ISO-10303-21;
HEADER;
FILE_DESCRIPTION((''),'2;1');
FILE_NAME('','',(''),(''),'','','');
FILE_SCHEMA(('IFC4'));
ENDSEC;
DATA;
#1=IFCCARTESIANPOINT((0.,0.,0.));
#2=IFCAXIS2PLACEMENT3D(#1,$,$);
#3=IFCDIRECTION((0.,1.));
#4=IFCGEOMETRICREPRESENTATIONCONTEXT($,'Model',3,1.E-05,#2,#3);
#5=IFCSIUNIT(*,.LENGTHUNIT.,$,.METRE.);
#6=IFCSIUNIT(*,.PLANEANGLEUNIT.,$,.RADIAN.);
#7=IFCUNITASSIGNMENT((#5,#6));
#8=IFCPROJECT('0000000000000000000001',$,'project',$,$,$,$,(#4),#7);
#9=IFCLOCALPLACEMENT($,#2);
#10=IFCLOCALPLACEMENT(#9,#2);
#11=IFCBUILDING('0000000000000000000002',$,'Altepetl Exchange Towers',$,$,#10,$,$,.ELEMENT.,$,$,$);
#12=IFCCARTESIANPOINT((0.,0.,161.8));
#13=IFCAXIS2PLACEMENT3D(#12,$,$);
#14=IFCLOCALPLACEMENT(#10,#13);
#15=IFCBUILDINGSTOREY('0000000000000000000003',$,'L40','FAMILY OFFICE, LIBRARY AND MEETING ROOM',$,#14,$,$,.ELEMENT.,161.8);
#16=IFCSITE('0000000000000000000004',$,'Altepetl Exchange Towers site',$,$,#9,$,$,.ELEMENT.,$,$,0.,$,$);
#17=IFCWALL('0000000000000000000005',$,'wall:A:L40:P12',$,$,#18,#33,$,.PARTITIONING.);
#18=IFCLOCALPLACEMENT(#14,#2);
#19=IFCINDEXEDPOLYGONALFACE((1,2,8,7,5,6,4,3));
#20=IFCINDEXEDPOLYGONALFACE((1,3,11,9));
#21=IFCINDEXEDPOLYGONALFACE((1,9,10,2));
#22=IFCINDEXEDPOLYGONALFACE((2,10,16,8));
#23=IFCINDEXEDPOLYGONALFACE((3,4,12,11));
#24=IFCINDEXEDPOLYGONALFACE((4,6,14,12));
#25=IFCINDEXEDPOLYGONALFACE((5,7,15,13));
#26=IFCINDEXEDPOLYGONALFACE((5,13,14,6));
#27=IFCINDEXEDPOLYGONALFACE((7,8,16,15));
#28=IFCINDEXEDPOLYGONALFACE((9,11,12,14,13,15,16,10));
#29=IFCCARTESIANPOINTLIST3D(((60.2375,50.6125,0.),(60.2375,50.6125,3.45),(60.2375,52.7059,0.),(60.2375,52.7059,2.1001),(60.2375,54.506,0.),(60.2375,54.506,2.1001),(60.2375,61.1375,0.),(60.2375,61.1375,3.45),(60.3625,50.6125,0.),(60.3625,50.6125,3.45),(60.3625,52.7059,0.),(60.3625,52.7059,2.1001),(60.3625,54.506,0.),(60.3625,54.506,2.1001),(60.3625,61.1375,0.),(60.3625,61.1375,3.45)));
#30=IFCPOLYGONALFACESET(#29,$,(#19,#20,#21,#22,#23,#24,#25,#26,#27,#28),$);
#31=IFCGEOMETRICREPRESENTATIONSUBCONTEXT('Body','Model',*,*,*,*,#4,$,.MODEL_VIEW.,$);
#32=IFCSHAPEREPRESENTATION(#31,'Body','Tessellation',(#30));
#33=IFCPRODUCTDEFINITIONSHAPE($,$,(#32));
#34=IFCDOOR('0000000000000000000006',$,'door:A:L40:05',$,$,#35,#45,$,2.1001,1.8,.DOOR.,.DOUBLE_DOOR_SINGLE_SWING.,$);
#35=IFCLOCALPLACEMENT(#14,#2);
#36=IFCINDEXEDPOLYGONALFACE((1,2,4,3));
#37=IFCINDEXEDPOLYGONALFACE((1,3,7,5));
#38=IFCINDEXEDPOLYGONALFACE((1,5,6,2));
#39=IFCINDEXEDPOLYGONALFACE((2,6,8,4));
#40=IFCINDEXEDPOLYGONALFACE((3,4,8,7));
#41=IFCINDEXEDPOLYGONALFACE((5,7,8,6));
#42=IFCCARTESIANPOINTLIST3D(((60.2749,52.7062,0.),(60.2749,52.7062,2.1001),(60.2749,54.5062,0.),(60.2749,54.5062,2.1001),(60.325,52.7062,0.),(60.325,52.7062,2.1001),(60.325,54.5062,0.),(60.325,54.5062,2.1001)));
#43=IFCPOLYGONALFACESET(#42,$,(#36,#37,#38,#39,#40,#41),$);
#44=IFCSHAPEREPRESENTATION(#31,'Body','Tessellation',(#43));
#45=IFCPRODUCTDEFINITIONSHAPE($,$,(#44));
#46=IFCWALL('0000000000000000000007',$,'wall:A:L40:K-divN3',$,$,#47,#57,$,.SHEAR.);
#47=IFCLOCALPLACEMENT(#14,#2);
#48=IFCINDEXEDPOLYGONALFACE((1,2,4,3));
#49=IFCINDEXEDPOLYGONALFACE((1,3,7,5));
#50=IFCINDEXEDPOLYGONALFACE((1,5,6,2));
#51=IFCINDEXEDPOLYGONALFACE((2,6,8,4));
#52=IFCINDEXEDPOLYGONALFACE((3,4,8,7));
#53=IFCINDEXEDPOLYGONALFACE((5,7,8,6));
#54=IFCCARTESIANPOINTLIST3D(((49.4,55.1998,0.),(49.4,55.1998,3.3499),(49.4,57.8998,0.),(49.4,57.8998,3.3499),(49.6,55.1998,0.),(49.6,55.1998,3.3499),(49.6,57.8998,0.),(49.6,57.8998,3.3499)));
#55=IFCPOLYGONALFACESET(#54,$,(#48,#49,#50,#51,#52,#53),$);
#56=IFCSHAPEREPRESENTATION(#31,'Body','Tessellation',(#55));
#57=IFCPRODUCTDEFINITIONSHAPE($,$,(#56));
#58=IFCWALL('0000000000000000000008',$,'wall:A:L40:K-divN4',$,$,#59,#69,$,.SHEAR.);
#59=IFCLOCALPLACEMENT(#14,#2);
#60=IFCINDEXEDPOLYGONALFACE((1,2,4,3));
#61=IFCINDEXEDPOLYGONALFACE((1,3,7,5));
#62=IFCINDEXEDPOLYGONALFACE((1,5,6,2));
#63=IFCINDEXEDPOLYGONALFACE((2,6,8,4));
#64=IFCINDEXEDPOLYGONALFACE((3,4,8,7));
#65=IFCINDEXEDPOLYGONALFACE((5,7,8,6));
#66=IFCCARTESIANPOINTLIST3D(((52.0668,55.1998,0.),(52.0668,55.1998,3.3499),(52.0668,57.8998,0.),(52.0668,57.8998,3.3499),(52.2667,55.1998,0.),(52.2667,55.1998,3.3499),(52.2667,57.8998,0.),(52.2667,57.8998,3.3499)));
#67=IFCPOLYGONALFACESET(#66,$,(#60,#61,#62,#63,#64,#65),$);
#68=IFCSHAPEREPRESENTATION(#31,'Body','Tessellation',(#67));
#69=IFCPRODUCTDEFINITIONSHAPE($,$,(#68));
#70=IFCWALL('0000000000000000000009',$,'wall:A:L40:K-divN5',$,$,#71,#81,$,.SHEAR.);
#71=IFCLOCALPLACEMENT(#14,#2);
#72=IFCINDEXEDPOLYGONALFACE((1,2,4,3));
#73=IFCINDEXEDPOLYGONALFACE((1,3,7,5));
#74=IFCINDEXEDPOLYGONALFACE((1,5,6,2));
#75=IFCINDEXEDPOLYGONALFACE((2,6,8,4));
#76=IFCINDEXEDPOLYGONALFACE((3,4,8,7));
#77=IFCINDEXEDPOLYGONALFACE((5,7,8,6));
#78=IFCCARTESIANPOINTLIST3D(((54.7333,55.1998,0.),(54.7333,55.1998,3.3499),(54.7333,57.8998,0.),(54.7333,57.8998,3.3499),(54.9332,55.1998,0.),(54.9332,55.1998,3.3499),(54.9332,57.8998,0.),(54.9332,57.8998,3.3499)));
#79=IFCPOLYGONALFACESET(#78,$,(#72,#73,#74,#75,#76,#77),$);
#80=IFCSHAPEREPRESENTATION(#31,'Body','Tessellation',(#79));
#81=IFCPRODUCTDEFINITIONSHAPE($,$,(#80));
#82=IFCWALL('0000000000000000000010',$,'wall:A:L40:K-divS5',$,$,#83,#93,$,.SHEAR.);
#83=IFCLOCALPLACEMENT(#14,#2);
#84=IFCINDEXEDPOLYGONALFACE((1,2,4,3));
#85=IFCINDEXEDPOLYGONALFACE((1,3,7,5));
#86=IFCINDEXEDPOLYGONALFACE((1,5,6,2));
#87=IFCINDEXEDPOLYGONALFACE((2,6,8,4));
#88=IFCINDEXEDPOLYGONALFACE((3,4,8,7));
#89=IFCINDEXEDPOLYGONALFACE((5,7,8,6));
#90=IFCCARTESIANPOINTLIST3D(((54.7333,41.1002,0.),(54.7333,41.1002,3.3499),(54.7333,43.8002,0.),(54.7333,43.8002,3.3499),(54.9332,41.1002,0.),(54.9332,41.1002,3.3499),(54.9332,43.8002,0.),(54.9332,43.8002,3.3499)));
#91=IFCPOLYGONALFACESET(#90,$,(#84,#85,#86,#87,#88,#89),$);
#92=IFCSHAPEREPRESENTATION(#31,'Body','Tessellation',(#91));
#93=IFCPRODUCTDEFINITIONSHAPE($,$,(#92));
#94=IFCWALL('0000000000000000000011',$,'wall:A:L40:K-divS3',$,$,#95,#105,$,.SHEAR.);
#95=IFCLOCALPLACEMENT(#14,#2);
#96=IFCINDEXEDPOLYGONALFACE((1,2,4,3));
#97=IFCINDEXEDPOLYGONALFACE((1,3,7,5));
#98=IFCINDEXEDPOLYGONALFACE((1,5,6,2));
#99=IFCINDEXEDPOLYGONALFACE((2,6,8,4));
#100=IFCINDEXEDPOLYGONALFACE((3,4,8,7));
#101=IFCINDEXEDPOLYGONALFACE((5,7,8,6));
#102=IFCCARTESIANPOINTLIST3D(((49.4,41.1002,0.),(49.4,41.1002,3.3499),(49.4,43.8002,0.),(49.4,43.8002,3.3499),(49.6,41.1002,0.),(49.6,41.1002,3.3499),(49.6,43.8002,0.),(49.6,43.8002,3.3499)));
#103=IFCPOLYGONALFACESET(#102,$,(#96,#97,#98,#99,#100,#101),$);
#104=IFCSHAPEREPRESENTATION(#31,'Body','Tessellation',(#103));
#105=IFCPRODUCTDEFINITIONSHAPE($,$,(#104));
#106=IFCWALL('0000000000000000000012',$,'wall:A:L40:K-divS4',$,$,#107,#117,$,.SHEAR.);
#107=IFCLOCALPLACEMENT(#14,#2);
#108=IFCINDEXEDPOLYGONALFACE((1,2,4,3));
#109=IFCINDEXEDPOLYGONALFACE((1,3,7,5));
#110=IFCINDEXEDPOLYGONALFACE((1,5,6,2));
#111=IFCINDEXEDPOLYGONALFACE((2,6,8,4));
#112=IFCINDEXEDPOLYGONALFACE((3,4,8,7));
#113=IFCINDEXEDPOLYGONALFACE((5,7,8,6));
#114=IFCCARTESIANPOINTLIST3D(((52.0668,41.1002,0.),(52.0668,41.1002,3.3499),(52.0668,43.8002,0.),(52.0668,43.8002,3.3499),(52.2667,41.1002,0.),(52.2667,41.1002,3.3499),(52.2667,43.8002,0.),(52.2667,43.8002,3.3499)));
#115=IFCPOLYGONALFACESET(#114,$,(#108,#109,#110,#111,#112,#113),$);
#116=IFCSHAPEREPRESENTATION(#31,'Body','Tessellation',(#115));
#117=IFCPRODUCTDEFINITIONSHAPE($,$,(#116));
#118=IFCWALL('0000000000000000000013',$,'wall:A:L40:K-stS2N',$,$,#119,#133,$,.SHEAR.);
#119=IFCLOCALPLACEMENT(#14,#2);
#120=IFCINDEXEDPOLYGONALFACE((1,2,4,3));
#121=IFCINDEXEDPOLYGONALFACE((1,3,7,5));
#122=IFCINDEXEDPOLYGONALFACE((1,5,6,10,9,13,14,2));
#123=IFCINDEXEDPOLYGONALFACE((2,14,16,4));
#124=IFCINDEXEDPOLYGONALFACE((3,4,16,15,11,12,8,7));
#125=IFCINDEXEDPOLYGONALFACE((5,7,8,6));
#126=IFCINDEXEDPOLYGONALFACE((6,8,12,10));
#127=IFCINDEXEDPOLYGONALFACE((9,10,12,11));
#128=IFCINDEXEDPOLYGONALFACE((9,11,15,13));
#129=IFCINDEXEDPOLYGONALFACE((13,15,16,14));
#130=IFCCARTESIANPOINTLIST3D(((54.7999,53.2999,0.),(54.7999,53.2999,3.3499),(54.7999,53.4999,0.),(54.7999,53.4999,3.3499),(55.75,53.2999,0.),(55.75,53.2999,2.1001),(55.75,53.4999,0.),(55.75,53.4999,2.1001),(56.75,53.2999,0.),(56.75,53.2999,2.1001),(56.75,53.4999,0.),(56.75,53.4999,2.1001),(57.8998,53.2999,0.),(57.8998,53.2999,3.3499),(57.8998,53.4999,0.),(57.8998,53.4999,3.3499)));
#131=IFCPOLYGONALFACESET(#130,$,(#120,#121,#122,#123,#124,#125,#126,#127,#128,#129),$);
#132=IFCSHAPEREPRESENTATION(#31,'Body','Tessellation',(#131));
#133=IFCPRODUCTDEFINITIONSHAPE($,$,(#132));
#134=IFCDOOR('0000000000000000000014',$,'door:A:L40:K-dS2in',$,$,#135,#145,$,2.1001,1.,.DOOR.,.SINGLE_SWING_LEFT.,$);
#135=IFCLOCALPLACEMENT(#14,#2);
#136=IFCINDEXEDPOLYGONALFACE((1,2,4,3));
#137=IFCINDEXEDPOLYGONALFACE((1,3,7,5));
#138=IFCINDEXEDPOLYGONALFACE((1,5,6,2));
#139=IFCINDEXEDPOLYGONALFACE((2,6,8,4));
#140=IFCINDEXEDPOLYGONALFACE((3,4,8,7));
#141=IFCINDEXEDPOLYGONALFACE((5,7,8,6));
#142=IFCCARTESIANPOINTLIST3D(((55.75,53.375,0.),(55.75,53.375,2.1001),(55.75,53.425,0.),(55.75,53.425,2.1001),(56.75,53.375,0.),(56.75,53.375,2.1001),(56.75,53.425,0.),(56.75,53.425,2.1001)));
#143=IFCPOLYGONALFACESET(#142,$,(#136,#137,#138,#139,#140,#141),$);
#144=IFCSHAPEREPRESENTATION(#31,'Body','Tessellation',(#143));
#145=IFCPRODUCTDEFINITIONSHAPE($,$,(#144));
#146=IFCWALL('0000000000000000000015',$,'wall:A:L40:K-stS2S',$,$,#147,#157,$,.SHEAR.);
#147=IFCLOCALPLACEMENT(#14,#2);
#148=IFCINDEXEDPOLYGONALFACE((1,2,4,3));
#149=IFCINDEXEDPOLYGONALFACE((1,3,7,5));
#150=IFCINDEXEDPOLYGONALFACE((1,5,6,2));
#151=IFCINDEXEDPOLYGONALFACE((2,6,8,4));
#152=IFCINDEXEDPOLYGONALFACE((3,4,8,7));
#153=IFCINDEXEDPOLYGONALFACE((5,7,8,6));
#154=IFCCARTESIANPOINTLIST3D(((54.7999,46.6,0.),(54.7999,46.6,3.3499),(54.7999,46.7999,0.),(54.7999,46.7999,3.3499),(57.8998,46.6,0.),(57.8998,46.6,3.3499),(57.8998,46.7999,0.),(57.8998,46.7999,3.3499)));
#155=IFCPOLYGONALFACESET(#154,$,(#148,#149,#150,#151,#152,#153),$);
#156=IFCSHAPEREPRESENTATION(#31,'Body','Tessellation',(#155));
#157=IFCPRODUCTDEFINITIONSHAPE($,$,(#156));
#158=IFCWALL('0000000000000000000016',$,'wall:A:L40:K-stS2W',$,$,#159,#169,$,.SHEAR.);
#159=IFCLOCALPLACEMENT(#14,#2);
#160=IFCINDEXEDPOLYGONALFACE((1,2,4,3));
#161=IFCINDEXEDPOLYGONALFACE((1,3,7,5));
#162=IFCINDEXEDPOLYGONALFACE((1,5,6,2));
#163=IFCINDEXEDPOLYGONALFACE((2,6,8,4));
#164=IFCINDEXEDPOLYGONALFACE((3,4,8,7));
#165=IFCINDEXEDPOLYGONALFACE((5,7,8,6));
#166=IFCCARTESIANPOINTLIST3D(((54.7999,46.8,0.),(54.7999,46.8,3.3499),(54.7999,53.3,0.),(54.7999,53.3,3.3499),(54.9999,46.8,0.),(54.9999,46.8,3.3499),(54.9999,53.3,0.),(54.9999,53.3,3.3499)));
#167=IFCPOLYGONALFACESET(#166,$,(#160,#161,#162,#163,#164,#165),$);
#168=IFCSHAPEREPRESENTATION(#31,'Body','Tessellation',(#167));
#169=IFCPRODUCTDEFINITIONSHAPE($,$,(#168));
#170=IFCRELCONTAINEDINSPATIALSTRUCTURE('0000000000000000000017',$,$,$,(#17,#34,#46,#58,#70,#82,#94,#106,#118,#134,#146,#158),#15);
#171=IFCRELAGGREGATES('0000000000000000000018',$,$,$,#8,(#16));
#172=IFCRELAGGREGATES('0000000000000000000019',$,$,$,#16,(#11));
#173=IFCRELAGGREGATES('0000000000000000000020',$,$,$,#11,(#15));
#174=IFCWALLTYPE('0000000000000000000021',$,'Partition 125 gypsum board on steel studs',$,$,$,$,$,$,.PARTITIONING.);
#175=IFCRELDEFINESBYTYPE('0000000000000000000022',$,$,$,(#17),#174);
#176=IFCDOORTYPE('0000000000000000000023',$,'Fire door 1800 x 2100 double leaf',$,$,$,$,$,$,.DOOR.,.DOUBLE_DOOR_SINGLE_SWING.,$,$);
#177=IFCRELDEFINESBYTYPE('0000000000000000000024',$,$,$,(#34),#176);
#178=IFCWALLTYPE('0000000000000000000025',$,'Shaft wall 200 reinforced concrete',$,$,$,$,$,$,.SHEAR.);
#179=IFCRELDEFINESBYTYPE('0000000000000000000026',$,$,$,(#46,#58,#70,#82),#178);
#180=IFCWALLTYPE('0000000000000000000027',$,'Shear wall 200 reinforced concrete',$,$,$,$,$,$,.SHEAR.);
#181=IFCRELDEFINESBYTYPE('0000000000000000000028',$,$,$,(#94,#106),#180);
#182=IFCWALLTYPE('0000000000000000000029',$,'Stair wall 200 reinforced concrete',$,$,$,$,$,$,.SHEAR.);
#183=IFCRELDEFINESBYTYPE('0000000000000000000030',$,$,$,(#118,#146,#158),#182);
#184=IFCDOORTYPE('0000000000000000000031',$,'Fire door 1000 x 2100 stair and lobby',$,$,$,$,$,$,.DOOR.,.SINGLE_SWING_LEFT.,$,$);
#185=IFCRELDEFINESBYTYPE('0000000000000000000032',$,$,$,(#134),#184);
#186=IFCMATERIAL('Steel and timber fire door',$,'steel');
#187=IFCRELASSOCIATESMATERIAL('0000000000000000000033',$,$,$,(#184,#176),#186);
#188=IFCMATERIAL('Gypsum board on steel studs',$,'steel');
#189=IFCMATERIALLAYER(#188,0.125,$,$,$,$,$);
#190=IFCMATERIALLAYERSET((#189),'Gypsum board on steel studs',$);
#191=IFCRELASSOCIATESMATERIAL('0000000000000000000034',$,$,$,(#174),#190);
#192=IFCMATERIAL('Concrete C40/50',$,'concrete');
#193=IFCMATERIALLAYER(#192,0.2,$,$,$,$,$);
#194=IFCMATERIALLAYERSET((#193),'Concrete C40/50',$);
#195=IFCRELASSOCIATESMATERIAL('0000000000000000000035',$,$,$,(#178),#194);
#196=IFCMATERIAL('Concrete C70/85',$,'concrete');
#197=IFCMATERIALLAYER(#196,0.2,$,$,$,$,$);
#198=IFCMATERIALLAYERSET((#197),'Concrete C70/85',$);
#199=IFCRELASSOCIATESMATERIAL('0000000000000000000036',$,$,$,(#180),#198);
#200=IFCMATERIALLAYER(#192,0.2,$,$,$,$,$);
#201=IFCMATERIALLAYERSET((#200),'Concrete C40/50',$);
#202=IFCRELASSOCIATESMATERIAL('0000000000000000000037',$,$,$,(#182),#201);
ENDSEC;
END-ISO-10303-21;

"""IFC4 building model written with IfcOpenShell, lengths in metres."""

from ifc_helpers import new_model, si_unit, direction, frame, frame_2d, origin, place, context, subcontext, project, spatial, rectangle, extrude, material, layer, layer_set, type_object, element, fill, save


model = new_model("IFC4")

# Units and contexts
model_context = context("Model", 3, precision=1e-05, world=origin(), true_north=direction((0.0, 1.0)))
body_context = subcontext(model_context, "Body", "Model", "MODEL_VIEW")
ifc_project = project(units=[si_unit("LENGTHUNIT", "METRE"), si_unit("PLANEANGLEUNIT", "RADIAN")], contexts=[model_context])

# Site, building, storey
site_placement = place(None, origin())
site = spatial("IfcSite", under=ifc_project, at=site_placement, Name="Altepetl Exchange Towers site", CompositionType="ELEMENT", RefElevation=0.0)
building_placement = place(site_placement, origin())
building = spatial("IfcBuilding", under=site, at=building_placement, Name="Altepetl Exchange Towers", CompositionType="ELEMENT")
storey_placement = place(building_placement, frame((0.0, 0.0, 161.8)))
storey = spatial("IfcBuildingStorey", under=building, at=storey_placement, Name="L40", Description="FAMILY OFFICE, LIBRARY AND MEETING ROOM", CompositionType="ELEMENT", Elevation=161.8)

# Shared definitions
ifc_material_1 = material(Name="Concrete C70/85", Category="concrete")
ifc_material_2 = material(Name="Steel and timber fire door", Category="steel")
door_type_1 = type_object("IfcDoorType", Name="Fire door 1000 x 2100 stair and lobby", OperationType="SINGLE_SWING_LEFT", PredefinedType="DOOR", material=ifc_material_2)

# Shared definitions
ifc_material_3 = material(Name="Gypsum board on steel studs", Category="steel")
ifc_layer_1 = layer(ifc_material_3, 0.125)
ifc_layer_set_1 = layer_set([ifc_layer_1], Name="Gypsum board on steel studs")
wall_type_1 = type_object("IfcWallType", Name="Partition 125 gypsum board on steel studs", PredefinedType="PARTITIONING", material=ifc_layer_set_1)

# Shared definitions
door_type_2 = type_object("IfcDoorType", Name="Fire door 1800 x 2100 double leaf", OperationType="DOUBLE_DOOR_SINGLE_SWING", PredefinedType="DOOR", material=ifc_material_2)

# Wall, opening, door
wall_1_placement = place(storey_placement, frame((60.3, 50.6125, 0.0), z_axis=(0.0, 0.0, 1.0), x_axis=(0.0, 1.0, 0.0)))
wall_1 = element("IfcWall", 1, at=wall_1_placement, inside=storey, type_object=wall_type_1, Name="wall:A:L40:P12", PredefinedType="PARTITIONING", context=body_context, shape_type="SweptSolid", body=[
    extrude(rectangle(XDim=10.5249, YDim=0.125, at=frame_2d((5.2625, 0.0))), origin(), (0.0, 0.0, 1.0), 3.45),
])
opening_1_placement = place(wall_1_placement, frame((2.0935, 0.0, 0.0)))
opening_1 = element("IfcOpeningElement", 2, at=opening_1_placement, cuts=wall_1, PredefinedType="OPENING", context=body_context, shape_type="SweptSolid", body=[
    extrude(rectangle(XDim=1.8, YDim=2.1001, at=frame_2d((0.8999, 1.05))), frame((0.0, 0.0725, 0.0), z_axis=(0.0, -1.0, 0.0), x_axis=(1.0, 0.0, 0.0)), (0.0, 0.0, 1.0), 0.145),
])
door_1_placement = place(opening_1_placement, frame((1.8, 0.0, 0.0), x_axis=(-1.0, 0.0, 0.0)))
door_1 = element("IfcDoor", 3, at=door_1_placement, inside=storey, type_object=door_type_2, Name="door:A:L40:05", OperationType="DOUBLE_DOOR_SINGLE_SWING", OverallHeight=2.1001, OverallWidth=1.8, PredefinedType="DOOR", context=body_context, shape_type="SweptSolid", body=[
    extrude(rectangle(XDim=1.8, YDim=2.1001, at=frame_2d((0.8999, 1.05))), frame((0.0, 0.0249, 0.0), z_axis=(0.0, -1.0, 0.0), x_axis=(1.0, 0.0, 0.0)), (0.0, 0.0, 1.0), 0.05),
])
fill(opening_1, door_1)

# Walls
ifc_material_4 = material(Name="Concrete C40/50", Category="concrete")
ifc_layer_2 = layer(ifc_material_4, 0.2)
ifc_layer_set_2 = layer_set([ifc_layer_2], Name="Concrete C40/50")
wall_type_2 = type_object("IfcWallType", Name="Shaft wall 200 reinforced concrete", PredefinedType="SHEAR", material=ifc_layer_set_2)
for number, where, z_axis, x_axis, name in (
    (4, (49.5, 57.8999, 0.0), (0.0, 0.0, 1.0), (0.0, -1.0, 0.0), "wall:A:L40:K-divN3"),
    (5, (52.1667, 57.8999, 0.0), (0.0, 0.0, 1.0), (0.0, -1.0, 0.0), "wall:A:L40:K-divN4"),
    (6, (54.8333, 57.8999, 0.0), (0.0, 0.0, 1.0), (0.0, -1.0, 0.0), "wall:A:L40:K-divN5"),
    (7, (54.8333, 41.1001, 0.0), (0.0, 0.0, 1.0), (0.0, 1.0, 0.0), "wall:A:L40:K-divS5"),
):
    element("IfcWall", number, at=place(storey_placement, frame(where, z_axis=z_axis, x_axis=x_axis)), inside=storey, type_object=wall_type_2, Name=name, PredefinedType="SHEAR", context=body_context, shape_type="SweptSolid", body=[
        extrude(rectangle(XDim=2.7, YDim=0.2, at=frame_2d((1.3501, 0.0))), origin(), (0.0, 0.0, 1.0), 3.3499),
    ])
ifc_layer_3 = layer(ifc_material_1, 0.2)
ifc_layer_set_3 = layer_set([ifc_layer_3], Name="Concrete C70/85")
wall_type_3 = type_object("IfcWallType", Name="Shear wall 200 reinforced concrete", PredefinedType="SHEAR", material=ifc_layer_set_3)
for number, where, z_axis, x_axis, name in (
    (8, (49.5, 41.1001, 0.0), (0.0, 0.0, 1.0), (0.0, 1.0, 0.0), "wall:A:L40:K-divS3"),
    (9, (52.1667, 41.1001, 0.0), (0.0, 0.0, 1.0), (0.0, 1.0, 0.0), "wall:A:L40:K-divS4"),
):
    element("IfcWall", number, at=place(storey_placement, frame(where, z_axis=z_axis, x_axis=x_axis)), inside=storey, type_object=wall_type_3, Name=name, PredefinedType="SHEAR", context=body_context, shape_type="SweptSolid", body=[
        extrude(rectangle(XDim=2.7, YDim=0.2, at=frame_2d((1.3501, 0.0))), origin(), (0.0, 0.0, 1.0), 3.3499),
    ])

# Wall, opening, door
ifc_layer_4 = layer(ifc_material_4, 0.2)
ifc_layer_set_4 = layer_set([ifc_layer_4], Name="Concrete C40/50")
wall_type_4 = type_object("IfcWallType", Name="Stair wall 200 reinforced concrete", PredefinedType="SHEAR", material=ifc_layer_set_4)
wall_2_placement = place(storey_placement, frame((54.8, 53.3999, 0.0)))
wall_2 = element("IfcWall", 10, at=wall_2_placement, inside=storey, type_object=wall_type_4, Name="wall:A:L40:K-stS2N", PredefinedType="SHEAR", context=body_context, shape_type="SweptSolid", body=[
    extrude(rectangle(XDim=3.0999, YDim=0.2, at=frame_2d((1.5498, 0.0))), origin(), (0.0, 0.0, 1.0), 3.3499),
])
opening_2_placement = place(wall_2_placement, frame((0.95, 0.0, 0.0)))
opening_2 = element("IfcOpeningElement", 11, at=opening_2_placement, cuts=wall_2, PredefinedType="OPENING", context=body_context, shape_type="SweptSolid", body=[
    extrude(rectangle(XDim=1.0, YDim=2.1001, at=frame_2d((0.5, 1.05))), frame((0.0, 0.1099, 0.0), z_axis=(0.0, -1.0, 0.0), x_axis=(1.0, 0.0, 0.0)), (0.0, 0.0, 1.0), 0.22),
])
door_2_placement = place(opening_2_placement, frame((1.0, 0.0, 0.0), x_axis=(-1.0, 0.0, 0.0)))
door_2 = element("IfcDoor", 12, at=door_2_placement, inside=storey, type_object=door_type_1, Name="door:A:L40:K-dS2in", OperationType="SINGLE_SWING_LEFT", OverallHeight=2.1001, OverallWidth=1.0, PredefinedType="DOOR", context=body_context, shape_type="SweptSolid", body=[
    extrude(rectangle(XDim=1.0, YDim=2.1001, at=frame_2d((0.5, 1.05))), frame((0.0, 0.0249, 0.0), z_axis=(0.0, -1.0, 0.0), x_axis=(1.0, 0.0, 0.0)), (0.0, 0.0, 1.0), 0.05),
])
fill(opening_2, door_2)

# Walls
wall_3_placement = place(storey_placement, frame((54.8, 46.7, 0.0)))
element("IfcWall", 13, at=wall_3_placement, inside=storey, type_object=wall_type_4, Name="wall:A:L40:K-stS2S", PredefinedType="SHEAR", context=body_context, shape_type="SweptSolid", body=[
    extrude(rectangle(XDim=3.0999, YDim=0.2, at=frame_2d((1.5498, 0.0))), origin(), (0.0, 0.0, 1.0), 3.3499),
])
wall_4_placement = place(storey_placement, frame((54.8999, 46.8, 0.0), z_axis=(0.0, 0.0, 1.0), x_axis=(0.0, 1.0, 0.0)))
element("IfcWall", 14, at=wall_4_placement, inside=storey, type_object=wall_type_4, Name="wall:A:L40:K-stS2W", PredefinedType="SHEAR", context=body_context, shape_type="SweptSolid", body=[
    extrude(rectangle(XDim=6.5, YDim=0.2, at=frame_2d((3.25, 0.0))), origin(), (0.0, 0.0, 1.0), 3.3499),
])

save(model, "model.ifc")
